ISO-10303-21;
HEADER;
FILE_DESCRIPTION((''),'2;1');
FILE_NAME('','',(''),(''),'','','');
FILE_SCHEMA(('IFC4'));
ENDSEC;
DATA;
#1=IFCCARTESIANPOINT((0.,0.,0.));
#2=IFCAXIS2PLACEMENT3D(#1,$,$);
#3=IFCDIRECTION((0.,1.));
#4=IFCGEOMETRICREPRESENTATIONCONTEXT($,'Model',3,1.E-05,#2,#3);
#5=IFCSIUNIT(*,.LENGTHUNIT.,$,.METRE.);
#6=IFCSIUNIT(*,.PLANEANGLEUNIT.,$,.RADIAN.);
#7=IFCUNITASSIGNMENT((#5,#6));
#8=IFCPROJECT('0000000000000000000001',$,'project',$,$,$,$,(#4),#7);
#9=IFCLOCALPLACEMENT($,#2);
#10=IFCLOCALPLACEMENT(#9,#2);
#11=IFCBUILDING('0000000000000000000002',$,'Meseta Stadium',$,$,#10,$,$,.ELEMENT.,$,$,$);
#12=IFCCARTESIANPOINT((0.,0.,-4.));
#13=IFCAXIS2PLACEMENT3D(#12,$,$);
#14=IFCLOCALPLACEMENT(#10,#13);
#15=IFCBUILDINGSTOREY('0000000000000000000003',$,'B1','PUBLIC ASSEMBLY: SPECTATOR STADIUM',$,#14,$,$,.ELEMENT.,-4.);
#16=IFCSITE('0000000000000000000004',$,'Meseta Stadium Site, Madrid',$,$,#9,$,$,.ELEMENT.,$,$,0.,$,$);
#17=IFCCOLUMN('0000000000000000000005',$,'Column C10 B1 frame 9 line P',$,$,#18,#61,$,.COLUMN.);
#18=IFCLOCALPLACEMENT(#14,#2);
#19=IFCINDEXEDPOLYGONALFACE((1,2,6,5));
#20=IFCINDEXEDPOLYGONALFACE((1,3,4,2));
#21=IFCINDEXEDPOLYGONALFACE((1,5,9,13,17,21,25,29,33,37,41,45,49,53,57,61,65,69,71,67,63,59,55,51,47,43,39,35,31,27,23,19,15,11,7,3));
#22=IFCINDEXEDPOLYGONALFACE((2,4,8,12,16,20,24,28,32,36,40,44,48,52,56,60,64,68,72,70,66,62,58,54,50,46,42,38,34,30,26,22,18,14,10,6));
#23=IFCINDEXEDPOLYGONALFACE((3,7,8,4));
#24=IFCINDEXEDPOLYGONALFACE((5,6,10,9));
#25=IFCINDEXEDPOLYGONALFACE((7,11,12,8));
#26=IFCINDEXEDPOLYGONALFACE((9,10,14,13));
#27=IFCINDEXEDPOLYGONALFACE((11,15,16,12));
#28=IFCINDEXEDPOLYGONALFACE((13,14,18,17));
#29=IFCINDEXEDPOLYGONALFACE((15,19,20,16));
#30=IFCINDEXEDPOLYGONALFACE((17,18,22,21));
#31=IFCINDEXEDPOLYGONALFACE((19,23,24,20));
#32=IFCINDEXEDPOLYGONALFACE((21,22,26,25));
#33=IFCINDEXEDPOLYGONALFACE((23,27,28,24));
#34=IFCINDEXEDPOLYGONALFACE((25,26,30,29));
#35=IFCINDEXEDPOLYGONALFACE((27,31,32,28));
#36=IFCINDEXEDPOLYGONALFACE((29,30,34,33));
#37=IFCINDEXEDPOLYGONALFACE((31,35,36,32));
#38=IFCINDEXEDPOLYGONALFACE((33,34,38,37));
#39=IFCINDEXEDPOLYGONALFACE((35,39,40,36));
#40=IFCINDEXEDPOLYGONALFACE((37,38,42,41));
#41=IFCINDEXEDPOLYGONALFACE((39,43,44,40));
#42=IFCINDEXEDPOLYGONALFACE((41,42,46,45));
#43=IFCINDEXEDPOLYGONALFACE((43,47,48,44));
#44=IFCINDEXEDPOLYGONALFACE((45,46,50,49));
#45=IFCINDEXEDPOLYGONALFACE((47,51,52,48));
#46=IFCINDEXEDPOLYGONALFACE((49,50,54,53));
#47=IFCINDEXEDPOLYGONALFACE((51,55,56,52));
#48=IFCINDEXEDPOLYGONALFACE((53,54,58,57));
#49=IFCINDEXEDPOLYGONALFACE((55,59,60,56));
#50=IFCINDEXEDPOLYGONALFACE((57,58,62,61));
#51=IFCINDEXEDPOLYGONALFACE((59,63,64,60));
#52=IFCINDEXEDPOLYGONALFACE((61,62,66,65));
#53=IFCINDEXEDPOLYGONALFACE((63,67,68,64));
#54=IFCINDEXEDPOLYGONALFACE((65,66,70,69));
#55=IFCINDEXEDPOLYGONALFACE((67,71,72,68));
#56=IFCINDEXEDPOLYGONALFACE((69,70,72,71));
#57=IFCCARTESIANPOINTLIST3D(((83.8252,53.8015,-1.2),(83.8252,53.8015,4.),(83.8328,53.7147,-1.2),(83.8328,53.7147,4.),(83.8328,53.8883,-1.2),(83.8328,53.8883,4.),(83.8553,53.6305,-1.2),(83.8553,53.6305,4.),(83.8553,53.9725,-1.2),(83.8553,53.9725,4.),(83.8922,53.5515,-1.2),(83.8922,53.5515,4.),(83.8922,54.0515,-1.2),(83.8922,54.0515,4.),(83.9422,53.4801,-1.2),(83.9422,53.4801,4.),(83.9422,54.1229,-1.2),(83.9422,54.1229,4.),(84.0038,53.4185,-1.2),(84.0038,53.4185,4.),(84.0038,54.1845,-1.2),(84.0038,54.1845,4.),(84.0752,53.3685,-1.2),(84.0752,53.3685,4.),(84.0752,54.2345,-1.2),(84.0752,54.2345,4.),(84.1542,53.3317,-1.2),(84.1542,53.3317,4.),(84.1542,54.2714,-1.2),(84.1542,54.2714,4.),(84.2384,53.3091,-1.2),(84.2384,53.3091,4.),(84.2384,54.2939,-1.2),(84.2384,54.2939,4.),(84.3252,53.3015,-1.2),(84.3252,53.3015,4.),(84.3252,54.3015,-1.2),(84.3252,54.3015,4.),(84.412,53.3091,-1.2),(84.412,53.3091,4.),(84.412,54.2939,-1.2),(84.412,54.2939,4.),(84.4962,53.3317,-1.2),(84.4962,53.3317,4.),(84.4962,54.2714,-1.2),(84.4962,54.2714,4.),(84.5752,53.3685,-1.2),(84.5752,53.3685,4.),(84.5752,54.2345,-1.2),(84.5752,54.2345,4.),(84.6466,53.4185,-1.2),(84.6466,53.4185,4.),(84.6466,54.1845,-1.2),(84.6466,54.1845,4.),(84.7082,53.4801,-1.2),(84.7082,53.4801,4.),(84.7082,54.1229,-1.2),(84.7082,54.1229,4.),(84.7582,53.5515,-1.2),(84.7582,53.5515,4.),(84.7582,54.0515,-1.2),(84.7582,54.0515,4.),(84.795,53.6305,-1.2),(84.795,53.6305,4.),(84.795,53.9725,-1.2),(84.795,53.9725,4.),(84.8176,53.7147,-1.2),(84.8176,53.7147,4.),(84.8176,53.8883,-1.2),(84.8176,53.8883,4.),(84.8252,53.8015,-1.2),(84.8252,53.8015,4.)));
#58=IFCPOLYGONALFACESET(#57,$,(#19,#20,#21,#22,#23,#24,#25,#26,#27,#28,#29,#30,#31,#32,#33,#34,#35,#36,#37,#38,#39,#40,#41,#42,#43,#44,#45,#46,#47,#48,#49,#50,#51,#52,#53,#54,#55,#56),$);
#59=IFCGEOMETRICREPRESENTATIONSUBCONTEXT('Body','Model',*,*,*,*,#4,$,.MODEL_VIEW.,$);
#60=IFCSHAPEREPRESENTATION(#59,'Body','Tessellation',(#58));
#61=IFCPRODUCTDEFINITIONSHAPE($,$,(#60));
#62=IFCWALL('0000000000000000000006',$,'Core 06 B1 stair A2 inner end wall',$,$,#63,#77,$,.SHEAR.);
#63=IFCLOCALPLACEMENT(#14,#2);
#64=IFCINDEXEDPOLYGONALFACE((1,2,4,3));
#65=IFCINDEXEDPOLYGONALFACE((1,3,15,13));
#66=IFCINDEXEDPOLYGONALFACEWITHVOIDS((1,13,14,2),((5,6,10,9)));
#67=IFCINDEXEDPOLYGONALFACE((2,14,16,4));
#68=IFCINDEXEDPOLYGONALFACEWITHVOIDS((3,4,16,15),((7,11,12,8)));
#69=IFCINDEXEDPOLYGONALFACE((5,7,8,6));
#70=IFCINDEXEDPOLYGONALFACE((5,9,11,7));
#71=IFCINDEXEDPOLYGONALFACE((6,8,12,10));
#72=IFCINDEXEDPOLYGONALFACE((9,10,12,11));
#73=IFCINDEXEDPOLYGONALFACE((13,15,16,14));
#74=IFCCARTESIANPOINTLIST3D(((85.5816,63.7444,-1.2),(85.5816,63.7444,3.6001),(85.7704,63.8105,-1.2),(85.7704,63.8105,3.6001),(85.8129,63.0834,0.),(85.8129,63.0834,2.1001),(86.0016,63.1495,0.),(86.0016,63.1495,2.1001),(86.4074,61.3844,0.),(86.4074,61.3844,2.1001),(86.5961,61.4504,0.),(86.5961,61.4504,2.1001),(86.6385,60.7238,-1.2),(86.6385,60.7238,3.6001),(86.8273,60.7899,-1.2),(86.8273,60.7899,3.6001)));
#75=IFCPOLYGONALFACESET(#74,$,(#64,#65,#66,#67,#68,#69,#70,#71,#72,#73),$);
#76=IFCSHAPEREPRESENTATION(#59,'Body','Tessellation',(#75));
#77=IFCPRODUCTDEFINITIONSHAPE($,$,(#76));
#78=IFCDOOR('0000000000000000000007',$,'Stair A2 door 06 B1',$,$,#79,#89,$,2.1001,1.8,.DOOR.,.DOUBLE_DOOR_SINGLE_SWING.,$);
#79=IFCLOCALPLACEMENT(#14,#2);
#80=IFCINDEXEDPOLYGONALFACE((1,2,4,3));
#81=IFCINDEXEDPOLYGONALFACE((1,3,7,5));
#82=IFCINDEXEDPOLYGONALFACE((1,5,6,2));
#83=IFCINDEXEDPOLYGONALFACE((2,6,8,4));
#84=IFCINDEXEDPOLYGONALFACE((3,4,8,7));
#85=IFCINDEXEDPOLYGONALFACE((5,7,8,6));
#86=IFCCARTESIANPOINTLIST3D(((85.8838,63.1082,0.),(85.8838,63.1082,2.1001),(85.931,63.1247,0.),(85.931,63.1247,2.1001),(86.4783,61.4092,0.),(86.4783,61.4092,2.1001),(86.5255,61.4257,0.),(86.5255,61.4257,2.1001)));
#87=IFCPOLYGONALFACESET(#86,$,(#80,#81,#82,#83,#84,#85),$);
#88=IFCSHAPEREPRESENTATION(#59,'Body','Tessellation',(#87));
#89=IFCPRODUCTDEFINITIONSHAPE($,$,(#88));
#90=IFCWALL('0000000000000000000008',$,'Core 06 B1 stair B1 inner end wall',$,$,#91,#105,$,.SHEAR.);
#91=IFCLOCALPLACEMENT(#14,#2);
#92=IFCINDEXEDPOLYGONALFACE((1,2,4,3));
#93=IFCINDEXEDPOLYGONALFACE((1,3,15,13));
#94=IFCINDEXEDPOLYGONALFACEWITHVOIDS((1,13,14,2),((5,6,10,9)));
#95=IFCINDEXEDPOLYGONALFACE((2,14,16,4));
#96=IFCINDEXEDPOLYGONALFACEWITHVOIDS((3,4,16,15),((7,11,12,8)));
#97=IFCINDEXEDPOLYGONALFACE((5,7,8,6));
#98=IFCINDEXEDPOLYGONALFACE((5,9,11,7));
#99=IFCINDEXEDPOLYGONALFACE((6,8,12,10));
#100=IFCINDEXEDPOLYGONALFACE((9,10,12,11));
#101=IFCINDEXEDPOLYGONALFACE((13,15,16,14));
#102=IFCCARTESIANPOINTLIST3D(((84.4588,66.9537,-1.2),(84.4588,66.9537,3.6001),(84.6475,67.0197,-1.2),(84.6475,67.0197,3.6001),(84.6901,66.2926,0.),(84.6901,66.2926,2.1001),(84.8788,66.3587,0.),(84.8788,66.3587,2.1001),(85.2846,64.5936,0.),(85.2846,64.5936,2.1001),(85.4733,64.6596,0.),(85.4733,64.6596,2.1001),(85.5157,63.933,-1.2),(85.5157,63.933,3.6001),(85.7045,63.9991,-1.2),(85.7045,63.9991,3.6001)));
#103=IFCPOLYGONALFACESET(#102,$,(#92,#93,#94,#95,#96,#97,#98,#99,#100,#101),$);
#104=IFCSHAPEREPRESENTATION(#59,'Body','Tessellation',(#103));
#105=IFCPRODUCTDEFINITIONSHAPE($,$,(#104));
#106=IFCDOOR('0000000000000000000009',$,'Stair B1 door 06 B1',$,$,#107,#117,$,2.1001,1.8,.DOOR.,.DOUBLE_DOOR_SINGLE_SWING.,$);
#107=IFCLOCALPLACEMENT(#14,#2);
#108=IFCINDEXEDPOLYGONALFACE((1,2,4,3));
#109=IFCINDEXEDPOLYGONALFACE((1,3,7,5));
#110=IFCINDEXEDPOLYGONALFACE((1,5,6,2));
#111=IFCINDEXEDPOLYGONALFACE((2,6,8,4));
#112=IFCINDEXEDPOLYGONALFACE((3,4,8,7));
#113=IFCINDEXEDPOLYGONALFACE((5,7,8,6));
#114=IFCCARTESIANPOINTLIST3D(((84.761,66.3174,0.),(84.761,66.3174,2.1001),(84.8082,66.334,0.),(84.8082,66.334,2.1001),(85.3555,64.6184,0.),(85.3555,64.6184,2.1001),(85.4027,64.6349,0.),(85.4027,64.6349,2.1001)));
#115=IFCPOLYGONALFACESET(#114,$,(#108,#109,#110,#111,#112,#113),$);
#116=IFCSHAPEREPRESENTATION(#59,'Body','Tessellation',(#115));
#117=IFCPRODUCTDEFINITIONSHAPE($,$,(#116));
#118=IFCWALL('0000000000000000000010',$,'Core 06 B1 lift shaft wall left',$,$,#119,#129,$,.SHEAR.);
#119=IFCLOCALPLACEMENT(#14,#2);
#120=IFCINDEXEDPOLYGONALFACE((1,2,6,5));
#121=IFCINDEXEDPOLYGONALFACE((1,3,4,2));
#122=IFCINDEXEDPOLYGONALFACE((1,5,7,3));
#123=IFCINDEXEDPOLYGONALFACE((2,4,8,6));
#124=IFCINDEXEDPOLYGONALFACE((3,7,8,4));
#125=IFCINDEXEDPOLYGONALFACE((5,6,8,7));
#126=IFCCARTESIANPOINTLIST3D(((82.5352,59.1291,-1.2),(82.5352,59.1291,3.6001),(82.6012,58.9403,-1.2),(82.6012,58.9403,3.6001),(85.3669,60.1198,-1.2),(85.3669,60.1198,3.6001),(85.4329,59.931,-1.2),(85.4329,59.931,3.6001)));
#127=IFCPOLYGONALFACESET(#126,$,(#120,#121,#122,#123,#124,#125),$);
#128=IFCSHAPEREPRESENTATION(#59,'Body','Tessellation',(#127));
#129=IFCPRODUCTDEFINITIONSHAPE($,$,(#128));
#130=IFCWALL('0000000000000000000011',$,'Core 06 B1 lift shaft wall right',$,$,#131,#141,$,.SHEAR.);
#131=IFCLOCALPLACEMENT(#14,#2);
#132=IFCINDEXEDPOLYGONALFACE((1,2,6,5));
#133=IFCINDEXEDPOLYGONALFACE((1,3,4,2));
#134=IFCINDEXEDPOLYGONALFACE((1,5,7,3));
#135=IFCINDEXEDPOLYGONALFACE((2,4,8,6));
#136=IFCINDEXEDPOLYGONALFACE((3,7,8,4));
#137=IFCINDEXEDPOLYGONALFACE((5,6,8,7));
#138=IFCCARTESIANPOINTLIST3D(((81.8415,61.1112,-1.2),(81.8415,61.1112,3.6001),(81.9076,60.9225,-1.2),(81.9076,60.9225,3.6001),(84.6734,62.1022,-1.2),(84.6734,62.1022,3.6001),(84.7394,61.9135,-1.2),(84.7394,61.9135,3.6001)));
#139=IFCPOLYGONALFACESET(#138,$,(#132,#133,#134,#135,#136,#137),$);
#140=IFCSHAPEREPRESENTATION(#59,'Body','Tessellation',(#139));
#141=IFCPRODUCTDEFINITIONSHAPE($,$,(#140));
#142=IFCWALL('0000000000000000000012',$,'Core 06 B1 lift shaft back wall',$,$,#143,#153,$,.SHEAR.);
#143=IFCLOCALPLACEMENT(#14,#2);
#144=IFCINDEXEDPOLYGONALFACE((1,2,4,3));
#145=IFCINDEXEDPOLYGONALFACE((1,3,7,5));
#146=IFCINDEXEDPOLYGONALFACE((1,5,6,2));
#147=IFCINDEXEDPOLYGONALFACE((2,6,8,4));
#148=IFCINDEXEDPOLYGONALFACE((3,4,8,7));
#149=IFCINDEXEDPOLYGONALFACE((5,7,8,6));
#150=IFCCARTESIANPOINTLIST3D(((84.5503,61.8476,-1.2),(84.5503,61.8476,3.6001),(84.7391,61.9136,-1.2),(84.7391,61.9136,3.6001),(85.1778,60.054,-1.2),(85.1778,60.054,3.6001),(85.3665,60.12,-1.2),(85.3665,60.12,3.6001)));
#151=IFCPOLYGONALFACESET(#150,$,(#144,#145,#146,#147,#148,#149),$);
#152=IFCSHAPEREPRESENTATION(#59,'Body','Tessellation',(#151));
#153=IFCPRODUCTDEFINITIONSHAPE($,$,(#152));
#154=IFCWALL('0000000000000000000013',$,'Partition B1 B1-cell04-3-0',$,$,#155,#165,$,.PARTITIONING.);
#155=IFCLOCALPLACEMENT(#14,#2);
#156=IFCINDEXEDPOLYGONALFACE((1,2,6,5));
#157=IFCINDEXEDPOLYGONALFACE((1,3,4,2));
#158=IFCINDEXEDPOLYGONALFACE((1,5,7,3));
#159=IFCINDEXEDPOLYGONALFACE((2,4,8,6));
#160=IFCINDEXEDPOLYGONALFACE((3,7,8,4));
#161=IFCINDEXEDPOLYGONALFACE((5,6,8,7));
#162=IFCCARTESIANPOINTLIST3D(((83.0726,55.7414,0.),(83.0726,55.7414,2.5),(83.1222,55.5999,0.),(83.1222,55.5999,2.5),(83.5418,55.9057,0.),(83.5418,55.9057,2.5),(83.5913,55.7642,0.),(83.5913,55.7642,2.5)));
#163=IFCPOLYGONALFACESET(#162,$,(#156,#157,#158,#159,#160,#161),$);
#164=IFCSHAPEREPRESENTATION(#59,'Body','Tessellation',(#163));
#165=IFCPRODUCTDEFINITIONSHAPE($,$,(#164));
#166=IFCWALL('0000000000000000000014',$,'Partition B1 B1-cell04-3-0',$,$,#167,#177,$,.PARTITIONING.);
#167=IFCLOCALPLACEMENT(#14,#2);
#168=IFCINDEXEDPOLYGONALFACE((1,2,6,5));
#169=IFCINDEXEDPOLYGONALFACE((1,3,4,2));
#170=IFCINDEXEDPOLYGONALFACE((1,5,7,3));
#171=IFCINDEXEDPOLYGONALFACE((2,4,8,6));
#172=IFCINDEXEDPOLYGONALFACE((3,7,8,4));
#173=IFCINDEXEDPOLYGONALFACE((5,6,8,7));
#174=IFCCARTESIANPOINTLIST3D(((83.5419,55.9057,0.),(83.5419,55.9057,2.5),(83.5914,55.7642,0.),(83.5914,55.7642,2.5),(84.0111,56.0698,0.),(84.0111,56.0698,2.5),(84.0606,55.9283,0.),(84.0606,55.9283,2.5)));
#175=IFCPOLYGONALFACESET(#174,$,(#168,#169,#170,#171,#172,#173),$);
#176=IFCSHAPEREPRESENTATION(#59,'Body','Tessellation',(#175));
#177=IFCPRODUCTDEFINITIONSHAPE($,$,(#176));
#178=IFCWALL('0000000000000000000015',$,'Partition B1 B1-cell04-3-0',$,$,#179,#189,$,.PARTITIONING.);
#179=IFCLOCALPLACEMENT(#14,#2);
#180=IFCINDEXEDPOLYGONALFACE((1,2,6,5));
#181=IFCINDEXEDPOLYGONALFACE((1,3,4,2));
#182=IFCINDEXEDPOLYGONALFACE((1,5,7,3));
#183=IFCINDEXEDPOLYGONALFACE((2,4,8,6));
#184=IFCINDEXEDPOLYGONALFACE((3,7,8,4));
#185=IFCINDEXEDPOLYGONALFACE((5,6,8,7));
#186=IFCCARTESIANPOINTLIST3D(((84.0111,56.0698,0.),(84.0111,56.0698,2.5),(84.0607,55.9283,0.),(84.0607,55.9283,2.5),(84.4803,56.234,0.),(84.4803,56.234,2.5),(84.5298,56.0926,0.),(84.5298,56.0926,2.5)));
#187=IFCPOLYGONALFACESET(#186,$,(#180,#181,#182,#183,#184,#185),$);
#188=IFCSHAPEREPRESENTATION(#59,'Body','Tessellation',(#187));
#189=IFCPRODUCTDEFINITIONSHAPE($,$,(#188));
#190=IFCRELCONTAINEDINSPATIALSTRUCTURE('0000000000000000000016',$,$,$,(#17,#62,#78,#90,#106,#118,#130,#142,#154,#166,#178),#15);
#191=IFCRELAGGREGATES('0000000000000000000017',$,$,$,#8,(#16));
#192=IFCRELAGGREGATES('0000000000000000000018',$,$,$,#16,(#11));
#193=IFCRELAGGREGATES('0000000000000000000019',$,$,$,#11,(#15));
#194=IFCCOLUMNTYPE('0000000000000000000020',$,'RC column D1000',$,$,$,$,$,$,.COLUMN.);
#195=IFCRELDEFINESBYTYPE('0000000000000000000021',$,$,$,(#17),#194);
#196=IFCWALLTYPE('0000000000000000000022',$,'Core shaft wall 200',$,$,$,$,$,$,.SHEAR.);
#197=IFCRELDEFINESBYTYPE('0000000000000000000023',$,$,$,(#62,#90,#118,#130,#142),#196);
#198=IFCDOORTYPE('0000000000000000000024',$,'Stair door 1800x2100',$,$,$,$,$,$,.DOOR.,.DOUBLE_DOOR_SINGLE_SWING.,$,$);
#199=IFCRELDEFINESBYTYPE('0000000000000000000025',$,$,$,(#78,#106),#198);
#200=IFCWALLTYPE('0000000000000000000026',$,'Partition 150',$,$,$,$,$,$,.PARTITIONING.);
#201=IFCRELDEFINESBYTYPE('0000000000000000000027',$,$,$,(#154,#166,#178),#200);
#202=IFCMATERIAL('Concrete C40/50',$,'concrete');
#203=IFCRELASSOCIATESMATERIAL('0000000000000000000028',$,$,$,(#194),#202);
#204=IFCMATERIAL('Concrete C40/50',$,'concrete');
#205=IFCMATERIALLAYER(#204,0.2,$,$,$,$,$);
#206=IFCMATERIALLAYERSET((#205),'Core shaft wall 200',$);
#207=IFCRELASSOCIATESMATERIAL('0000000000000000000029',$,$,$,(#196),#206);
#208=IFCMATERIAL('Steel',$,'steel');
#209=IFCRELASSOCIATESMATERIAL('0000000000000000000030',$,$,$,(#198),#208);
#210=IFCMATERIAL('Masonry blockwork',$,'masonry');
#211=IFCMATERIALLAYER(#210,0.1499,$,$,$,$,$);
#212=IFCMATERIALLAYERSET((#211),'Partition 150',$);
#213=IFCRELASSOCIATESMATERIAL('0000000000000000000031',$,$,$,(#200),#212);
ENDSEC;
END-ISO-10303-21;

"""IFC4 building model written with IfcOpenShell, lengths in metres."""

from ifc_helpers import new_model, si_unit, direction, frame, frame_2d, origin, origin_2d, place, context, subcontext, project, spatial, rectangle, circle, extrude, material, layer, layer_set, material_profile, profile_set, type_object, element, fill, save


model = new_model("IFC4")

# Units and contexts
model_context = context("Model", 3, precision=1e-05, world=origin(), true_north=direction((0.0, 1.0)))
body_context = subcontext(model_context, "Body", "Model", "MODEL_VIEW")
ifc_project = project(units=[si_unit("LENGTHUNIT", "METRE"), si_unit("PLANEANGLEUNIT", "RADIAN")], contexts=[model_context])

# Site, building, storey
site_placement = place(None, origin())
site = spatial("IfcSite", under=ifc_project, at=site_placement, Name="Meseta Stadium Site, Madrid", CompositionType="ELEMENT", RefElevation=0.0)
building_placement = place(site_placement, origin())
building = spatial("IfcBuilding", under=site, at=building_placement, Name="Meseta Stadium", CompositionType="ELEMENT")
storey_placement = place(building_placement, frame((0.0, 0.0, -4.0)))
storey = spatial("IfcBuildingStorey", under=building, at=storey_placement, Name="B1", Description="PUBLIC ASSEMBLY: SPECTATOR STADIUM", CompositionType="ELEMENT", Elevation=-4.0)

# Column
ifc_material_1 = material(Name="Concrete C40/50", Category="concrete")
ifc_material_profile = material_profile(ifc_material_1, circle(Radius=0.5, at=origin_2d()), Name="RC D1000")
ifc_profile_set = profile_set([ifc_material_profile], Name="Concrete C40/50")
column_type = type_object("IfcColumnType", Name="RC column D1000", PredefinedType="COLUMN", material=ifc_profile_set)
column_placement = place(storey_placement, frame((84.3252, 53.8015, -1.2), z_axis=(0.0, 0.0, 1.0), x_axis=(1.0, 0.0, 0.0)))
element("IfcColumn", 1, at=column_placement, inside=storey, type_object=column_type, Name="Column C10 B1 frame 9 line P", PredefinedType="COLUMN", context=body_context, shape_type="SweptSolid", body=[
    extrude(circle(Radius=0.5, at=origin_2d()), origin(), (0.0, 0.0, 1.0), 5.2),
])

# Walls, openings, doors
ifc_material_2 = material(Name="Concrete C40/50", Category="concrete")
ifc_layer_1 = layer(ifc_material_2, 0.2)
ifc_layer_set_1 = layer_set([ifc_layer_1], Name="Core shaft wall 200")
wall_type_1 = type_object("IfcWallType", Name="Core shaft wall 200", PredefinedType="SHEAR", material=ifc_layer_set_1)
wall_1_placement = place(storey_placement, frame((86.7329, 60.7568, -1.2), z_axis=(0.0, 0.0, 1.0), x_axis=(-0.330269, 0.943887, 0.0)))
wall_1 = element("IfcWall", 2, at=wall_1_placement, inside=storey, type_object=wall_type_1, Name="Core 06 B1 stair A2 inner end wall", PredefinedType="SHEAR", context=body_context, shape_type="SweptSolid", body=[
    extrude(rectangle(XDim=3.2002, YDim=0.2, at=frame_2d((1.6001, 0.0))), origin(), (0.0, 0.0, 1.0), 4.8),
])
opening_1_placement = place(wall_1_placement, frame((0.7, 0.0, 1.2)))
opening_1 = element("IfcOpeningElement", 3, at=opening_1_placement, cuts=wall_1, PredefinedType="OPENING", context=body_context, shape_type="SweptSolid", body=[
    extrude(rectangle(XDim=1.8, YDim=2.1001, at=frame_2d((0.8999, 1.05))), frame((0.0, 0.1099, 0.0), z_axis=(0.0, -1.0, 0.0), x_axis=(1.0, 0.0, 0.0)), (0.0, 0.0, 1.0), 0.22),
])
ifc_material_3 = material(Name="Steel", Category="steel")
door_type_1 = type_object("IfcDoorType", Name="Stair door 1800x2100", OperationType="DOUBLE_DOOR_SINGLE_SWING", PredefinedType="DOOR", material=ifc_material_3)
door_1_placement = place(opening_1_placement, origin())
door_1 = element("IfcDoor", 4, at=door_1_placement, inside=storey, type_object=door_type_1, Name="Stair A2 door 06 B1", OperationType="DOUBLE_DOOR_SINGLE_SWING", OverallHeight=2.1001, OverallWidth=1.8, PredefinedType="DOOR", context=body_context, shape_type="SweptSolid", body=[
    extrude(rectangle(XDim=1.8, YDim=2.1001, at=frame_2d((0.8999, 1.05))), frame((0.0, 0.0249, 0.0), z_axis=(0.0, -1.0, 0.0), x_axis=(1.0, 0.0, 0.0)), (0.0, 0.0, 1.0), 0.05),
])
fill(opening_1, door_1)
wall_2_placement = place(storey_placement, frame((85.6101, 63.9661, -1.2), z_axis=(0.0, 0.0, 1.0), x_axis=(-0.330269, 0.943887, 0.0)))
wall_2 = element("IfcWall", 5, at=wall_2_placement, inside=storey, type_object=wall_type_1, Name="Core 06 B1 stair B1 inner end wall", PredefinedType="SHEAR", context=body_context, shape_type="SweptSolid", body=[
    extrude(rectangle(XDim=3.2002, YDim=0.2, at=frame_2d((1.6001, 0.0))), origin(), (0.0, 0.0, 1.0), 4.8),
])
opening_2_placement = place(wall_2_placement, frame((0.7, 0.0, 1.2)))
opening_2 = element("IfcOpeningElement", 6, at=opening_2_placement, cuts=wall_2, PredefinedType="OPENING", context=body_context, shape_type="SweptSolid", body=[
    extrude(rectangle(XDim=1.8, YDim=2.1001, at=frame_2d((0.8999, 1.05))), frame((0.0, 0.1099, 0.0), z_axis=(0.0, -1.0, 0.0), x_axis=(1.0, 0.0, 0.0)), (0.0, 0.0, 1.0), 0.22),
])
door_2_placement = place(opening_2_placement, origin())
door_2 = element("IfcDoor", 7, at=door_2_placement, inside=storey, type_object=door_type_1, Name="Stair B1 door 06 B1", OperationType="DOUBLE_DOOR_SINGLE_SWING", OverallHeight=2.1001, OverallWidth=1.8, PredefinedType="DOOR", context=body_context, shape_type="SweptSolid", body=[
    extrude(rectangle(XDim=1.8, YDim=2.1001, at=frame_2d((0.8999, 1.05))), frame((0.0, 0.0249, 0.0), z_axis=(0.0, -1.0, 0.0), x_axis=(1.0, 0.0, 0.0)), (0.0, 0.0, 1.0), 0.05),
])
fill(opening_2, door_2)

# Walls
wall_3_placement = place(storey_placement, frame((85.3999, 60.0254, -1.2), z_axis=(0.0, 0.0, 1.0), x_axis=(-0.9439, -0.330231, 0.0)))
element("IfcWall", 8, at=wall_3_placement, inside=storey, type_object=wall_type_1, Name="Core 06 B1 lift shaft wall left", PredefinedType="SHEAR", context=body_context, shape_type="SweptSolid", body=[
    extrude(rectangle(XDim=3.0, YDim=0.2, at=frame_2d((1.5, 0.0))), origin(), (0.0, 0.0, 1.0), 4.8),
])
wall_4_placement = place(storey_placement, frame((84.7063, 62.0078, -1.2), z_axis=(0.0, 0.0, 1.0), x_axis=(-0.943875, -0.330303, 0.0)))
element("IfcWall", 9, at=wall_4_placement, inside=storey, type_object=wall_type_1, Name="Core 06 B1 lift shaft wall right", PredefinedType="SHEAR", context=body_context, shape_type="SweptSolid", body=[
    extrude(rectangle(XDim=3.0002, YDim=0.2, at=frame_2d((1.5, 0.0))), origin(), (0.0, 0.0, 1.0), 4.8),
])
wall_5_placement = place(storey_placement, frame((85.2722, 60.0869, -1.2), z_axis=(0.0, 0.0, 1.0), x_axis=(-0.330225, 0.943902, 0.0)))
element("IfcWall", 10, at=wall_5_placement, inside=storey, type_object=wall_type_1, Name="Core 06 B1 lift shaft back wall", PredefinedType="SHEAR", context=body_context, shape_type="SweptSolid", body=[
    extrude(rectangle(XDim=1.9001, YDim=0.2, at=frame_2d((0.9502, 0.0))), origin(), (0.0, 0.0, 1.0), 4.8),
])
ifc_material_4 = material(Name="Masonry blockwork", Category="masonry")
ifc_layer_2 = layer(ifc_material_4, 0.1499)
ifc_layer_set_2 = layer_set([ifc_layer_2], Name="Partition 150")
wall_type_2 = type_object("IfcWallType", Name="Partition 150", PredefinedType="PARTITIONING", material=ifc_layer_set_2)
for number, where, z_axis, x_axis, name in (
    (11, (83.0974, 55.6707, 0.0), (0.0, 0.0, 1.0), (0.943812, 0.330482, 0.0), "Partition B1 B1-cell04-3-0"),
    (12, (83.5667, 55.835, 0.0), (0.0, 0.0, 1.0), (0.943966, 0.330044, 0.0), "Partition B1 B1-cell04-3-0"),
    (13, (84.0359, 55.999, 0.0), (0.0, 0.0, 1.0), (0.943812, 0.330482, 0.0), "Partition B1 B1-cell04-3-0"),
):
    element("IfcWall", number, at=place(storey_placement, frame(where, z_axis=z_axis, x_axis=x_axis)), inside=storey, type_object=wall_type_2, Name=name, PredefinedType="PARTITIONING", context=body_context, shape_type="SweptSolid", body=[
        extrude(rectangle(XDim=0.4971, YDim=0.1499, at=frame_2d((0.2485, 0.0))), origin(), (0.0, 0.0, 1.0), 2.5),
    ])

save(model, "model.ifc")
